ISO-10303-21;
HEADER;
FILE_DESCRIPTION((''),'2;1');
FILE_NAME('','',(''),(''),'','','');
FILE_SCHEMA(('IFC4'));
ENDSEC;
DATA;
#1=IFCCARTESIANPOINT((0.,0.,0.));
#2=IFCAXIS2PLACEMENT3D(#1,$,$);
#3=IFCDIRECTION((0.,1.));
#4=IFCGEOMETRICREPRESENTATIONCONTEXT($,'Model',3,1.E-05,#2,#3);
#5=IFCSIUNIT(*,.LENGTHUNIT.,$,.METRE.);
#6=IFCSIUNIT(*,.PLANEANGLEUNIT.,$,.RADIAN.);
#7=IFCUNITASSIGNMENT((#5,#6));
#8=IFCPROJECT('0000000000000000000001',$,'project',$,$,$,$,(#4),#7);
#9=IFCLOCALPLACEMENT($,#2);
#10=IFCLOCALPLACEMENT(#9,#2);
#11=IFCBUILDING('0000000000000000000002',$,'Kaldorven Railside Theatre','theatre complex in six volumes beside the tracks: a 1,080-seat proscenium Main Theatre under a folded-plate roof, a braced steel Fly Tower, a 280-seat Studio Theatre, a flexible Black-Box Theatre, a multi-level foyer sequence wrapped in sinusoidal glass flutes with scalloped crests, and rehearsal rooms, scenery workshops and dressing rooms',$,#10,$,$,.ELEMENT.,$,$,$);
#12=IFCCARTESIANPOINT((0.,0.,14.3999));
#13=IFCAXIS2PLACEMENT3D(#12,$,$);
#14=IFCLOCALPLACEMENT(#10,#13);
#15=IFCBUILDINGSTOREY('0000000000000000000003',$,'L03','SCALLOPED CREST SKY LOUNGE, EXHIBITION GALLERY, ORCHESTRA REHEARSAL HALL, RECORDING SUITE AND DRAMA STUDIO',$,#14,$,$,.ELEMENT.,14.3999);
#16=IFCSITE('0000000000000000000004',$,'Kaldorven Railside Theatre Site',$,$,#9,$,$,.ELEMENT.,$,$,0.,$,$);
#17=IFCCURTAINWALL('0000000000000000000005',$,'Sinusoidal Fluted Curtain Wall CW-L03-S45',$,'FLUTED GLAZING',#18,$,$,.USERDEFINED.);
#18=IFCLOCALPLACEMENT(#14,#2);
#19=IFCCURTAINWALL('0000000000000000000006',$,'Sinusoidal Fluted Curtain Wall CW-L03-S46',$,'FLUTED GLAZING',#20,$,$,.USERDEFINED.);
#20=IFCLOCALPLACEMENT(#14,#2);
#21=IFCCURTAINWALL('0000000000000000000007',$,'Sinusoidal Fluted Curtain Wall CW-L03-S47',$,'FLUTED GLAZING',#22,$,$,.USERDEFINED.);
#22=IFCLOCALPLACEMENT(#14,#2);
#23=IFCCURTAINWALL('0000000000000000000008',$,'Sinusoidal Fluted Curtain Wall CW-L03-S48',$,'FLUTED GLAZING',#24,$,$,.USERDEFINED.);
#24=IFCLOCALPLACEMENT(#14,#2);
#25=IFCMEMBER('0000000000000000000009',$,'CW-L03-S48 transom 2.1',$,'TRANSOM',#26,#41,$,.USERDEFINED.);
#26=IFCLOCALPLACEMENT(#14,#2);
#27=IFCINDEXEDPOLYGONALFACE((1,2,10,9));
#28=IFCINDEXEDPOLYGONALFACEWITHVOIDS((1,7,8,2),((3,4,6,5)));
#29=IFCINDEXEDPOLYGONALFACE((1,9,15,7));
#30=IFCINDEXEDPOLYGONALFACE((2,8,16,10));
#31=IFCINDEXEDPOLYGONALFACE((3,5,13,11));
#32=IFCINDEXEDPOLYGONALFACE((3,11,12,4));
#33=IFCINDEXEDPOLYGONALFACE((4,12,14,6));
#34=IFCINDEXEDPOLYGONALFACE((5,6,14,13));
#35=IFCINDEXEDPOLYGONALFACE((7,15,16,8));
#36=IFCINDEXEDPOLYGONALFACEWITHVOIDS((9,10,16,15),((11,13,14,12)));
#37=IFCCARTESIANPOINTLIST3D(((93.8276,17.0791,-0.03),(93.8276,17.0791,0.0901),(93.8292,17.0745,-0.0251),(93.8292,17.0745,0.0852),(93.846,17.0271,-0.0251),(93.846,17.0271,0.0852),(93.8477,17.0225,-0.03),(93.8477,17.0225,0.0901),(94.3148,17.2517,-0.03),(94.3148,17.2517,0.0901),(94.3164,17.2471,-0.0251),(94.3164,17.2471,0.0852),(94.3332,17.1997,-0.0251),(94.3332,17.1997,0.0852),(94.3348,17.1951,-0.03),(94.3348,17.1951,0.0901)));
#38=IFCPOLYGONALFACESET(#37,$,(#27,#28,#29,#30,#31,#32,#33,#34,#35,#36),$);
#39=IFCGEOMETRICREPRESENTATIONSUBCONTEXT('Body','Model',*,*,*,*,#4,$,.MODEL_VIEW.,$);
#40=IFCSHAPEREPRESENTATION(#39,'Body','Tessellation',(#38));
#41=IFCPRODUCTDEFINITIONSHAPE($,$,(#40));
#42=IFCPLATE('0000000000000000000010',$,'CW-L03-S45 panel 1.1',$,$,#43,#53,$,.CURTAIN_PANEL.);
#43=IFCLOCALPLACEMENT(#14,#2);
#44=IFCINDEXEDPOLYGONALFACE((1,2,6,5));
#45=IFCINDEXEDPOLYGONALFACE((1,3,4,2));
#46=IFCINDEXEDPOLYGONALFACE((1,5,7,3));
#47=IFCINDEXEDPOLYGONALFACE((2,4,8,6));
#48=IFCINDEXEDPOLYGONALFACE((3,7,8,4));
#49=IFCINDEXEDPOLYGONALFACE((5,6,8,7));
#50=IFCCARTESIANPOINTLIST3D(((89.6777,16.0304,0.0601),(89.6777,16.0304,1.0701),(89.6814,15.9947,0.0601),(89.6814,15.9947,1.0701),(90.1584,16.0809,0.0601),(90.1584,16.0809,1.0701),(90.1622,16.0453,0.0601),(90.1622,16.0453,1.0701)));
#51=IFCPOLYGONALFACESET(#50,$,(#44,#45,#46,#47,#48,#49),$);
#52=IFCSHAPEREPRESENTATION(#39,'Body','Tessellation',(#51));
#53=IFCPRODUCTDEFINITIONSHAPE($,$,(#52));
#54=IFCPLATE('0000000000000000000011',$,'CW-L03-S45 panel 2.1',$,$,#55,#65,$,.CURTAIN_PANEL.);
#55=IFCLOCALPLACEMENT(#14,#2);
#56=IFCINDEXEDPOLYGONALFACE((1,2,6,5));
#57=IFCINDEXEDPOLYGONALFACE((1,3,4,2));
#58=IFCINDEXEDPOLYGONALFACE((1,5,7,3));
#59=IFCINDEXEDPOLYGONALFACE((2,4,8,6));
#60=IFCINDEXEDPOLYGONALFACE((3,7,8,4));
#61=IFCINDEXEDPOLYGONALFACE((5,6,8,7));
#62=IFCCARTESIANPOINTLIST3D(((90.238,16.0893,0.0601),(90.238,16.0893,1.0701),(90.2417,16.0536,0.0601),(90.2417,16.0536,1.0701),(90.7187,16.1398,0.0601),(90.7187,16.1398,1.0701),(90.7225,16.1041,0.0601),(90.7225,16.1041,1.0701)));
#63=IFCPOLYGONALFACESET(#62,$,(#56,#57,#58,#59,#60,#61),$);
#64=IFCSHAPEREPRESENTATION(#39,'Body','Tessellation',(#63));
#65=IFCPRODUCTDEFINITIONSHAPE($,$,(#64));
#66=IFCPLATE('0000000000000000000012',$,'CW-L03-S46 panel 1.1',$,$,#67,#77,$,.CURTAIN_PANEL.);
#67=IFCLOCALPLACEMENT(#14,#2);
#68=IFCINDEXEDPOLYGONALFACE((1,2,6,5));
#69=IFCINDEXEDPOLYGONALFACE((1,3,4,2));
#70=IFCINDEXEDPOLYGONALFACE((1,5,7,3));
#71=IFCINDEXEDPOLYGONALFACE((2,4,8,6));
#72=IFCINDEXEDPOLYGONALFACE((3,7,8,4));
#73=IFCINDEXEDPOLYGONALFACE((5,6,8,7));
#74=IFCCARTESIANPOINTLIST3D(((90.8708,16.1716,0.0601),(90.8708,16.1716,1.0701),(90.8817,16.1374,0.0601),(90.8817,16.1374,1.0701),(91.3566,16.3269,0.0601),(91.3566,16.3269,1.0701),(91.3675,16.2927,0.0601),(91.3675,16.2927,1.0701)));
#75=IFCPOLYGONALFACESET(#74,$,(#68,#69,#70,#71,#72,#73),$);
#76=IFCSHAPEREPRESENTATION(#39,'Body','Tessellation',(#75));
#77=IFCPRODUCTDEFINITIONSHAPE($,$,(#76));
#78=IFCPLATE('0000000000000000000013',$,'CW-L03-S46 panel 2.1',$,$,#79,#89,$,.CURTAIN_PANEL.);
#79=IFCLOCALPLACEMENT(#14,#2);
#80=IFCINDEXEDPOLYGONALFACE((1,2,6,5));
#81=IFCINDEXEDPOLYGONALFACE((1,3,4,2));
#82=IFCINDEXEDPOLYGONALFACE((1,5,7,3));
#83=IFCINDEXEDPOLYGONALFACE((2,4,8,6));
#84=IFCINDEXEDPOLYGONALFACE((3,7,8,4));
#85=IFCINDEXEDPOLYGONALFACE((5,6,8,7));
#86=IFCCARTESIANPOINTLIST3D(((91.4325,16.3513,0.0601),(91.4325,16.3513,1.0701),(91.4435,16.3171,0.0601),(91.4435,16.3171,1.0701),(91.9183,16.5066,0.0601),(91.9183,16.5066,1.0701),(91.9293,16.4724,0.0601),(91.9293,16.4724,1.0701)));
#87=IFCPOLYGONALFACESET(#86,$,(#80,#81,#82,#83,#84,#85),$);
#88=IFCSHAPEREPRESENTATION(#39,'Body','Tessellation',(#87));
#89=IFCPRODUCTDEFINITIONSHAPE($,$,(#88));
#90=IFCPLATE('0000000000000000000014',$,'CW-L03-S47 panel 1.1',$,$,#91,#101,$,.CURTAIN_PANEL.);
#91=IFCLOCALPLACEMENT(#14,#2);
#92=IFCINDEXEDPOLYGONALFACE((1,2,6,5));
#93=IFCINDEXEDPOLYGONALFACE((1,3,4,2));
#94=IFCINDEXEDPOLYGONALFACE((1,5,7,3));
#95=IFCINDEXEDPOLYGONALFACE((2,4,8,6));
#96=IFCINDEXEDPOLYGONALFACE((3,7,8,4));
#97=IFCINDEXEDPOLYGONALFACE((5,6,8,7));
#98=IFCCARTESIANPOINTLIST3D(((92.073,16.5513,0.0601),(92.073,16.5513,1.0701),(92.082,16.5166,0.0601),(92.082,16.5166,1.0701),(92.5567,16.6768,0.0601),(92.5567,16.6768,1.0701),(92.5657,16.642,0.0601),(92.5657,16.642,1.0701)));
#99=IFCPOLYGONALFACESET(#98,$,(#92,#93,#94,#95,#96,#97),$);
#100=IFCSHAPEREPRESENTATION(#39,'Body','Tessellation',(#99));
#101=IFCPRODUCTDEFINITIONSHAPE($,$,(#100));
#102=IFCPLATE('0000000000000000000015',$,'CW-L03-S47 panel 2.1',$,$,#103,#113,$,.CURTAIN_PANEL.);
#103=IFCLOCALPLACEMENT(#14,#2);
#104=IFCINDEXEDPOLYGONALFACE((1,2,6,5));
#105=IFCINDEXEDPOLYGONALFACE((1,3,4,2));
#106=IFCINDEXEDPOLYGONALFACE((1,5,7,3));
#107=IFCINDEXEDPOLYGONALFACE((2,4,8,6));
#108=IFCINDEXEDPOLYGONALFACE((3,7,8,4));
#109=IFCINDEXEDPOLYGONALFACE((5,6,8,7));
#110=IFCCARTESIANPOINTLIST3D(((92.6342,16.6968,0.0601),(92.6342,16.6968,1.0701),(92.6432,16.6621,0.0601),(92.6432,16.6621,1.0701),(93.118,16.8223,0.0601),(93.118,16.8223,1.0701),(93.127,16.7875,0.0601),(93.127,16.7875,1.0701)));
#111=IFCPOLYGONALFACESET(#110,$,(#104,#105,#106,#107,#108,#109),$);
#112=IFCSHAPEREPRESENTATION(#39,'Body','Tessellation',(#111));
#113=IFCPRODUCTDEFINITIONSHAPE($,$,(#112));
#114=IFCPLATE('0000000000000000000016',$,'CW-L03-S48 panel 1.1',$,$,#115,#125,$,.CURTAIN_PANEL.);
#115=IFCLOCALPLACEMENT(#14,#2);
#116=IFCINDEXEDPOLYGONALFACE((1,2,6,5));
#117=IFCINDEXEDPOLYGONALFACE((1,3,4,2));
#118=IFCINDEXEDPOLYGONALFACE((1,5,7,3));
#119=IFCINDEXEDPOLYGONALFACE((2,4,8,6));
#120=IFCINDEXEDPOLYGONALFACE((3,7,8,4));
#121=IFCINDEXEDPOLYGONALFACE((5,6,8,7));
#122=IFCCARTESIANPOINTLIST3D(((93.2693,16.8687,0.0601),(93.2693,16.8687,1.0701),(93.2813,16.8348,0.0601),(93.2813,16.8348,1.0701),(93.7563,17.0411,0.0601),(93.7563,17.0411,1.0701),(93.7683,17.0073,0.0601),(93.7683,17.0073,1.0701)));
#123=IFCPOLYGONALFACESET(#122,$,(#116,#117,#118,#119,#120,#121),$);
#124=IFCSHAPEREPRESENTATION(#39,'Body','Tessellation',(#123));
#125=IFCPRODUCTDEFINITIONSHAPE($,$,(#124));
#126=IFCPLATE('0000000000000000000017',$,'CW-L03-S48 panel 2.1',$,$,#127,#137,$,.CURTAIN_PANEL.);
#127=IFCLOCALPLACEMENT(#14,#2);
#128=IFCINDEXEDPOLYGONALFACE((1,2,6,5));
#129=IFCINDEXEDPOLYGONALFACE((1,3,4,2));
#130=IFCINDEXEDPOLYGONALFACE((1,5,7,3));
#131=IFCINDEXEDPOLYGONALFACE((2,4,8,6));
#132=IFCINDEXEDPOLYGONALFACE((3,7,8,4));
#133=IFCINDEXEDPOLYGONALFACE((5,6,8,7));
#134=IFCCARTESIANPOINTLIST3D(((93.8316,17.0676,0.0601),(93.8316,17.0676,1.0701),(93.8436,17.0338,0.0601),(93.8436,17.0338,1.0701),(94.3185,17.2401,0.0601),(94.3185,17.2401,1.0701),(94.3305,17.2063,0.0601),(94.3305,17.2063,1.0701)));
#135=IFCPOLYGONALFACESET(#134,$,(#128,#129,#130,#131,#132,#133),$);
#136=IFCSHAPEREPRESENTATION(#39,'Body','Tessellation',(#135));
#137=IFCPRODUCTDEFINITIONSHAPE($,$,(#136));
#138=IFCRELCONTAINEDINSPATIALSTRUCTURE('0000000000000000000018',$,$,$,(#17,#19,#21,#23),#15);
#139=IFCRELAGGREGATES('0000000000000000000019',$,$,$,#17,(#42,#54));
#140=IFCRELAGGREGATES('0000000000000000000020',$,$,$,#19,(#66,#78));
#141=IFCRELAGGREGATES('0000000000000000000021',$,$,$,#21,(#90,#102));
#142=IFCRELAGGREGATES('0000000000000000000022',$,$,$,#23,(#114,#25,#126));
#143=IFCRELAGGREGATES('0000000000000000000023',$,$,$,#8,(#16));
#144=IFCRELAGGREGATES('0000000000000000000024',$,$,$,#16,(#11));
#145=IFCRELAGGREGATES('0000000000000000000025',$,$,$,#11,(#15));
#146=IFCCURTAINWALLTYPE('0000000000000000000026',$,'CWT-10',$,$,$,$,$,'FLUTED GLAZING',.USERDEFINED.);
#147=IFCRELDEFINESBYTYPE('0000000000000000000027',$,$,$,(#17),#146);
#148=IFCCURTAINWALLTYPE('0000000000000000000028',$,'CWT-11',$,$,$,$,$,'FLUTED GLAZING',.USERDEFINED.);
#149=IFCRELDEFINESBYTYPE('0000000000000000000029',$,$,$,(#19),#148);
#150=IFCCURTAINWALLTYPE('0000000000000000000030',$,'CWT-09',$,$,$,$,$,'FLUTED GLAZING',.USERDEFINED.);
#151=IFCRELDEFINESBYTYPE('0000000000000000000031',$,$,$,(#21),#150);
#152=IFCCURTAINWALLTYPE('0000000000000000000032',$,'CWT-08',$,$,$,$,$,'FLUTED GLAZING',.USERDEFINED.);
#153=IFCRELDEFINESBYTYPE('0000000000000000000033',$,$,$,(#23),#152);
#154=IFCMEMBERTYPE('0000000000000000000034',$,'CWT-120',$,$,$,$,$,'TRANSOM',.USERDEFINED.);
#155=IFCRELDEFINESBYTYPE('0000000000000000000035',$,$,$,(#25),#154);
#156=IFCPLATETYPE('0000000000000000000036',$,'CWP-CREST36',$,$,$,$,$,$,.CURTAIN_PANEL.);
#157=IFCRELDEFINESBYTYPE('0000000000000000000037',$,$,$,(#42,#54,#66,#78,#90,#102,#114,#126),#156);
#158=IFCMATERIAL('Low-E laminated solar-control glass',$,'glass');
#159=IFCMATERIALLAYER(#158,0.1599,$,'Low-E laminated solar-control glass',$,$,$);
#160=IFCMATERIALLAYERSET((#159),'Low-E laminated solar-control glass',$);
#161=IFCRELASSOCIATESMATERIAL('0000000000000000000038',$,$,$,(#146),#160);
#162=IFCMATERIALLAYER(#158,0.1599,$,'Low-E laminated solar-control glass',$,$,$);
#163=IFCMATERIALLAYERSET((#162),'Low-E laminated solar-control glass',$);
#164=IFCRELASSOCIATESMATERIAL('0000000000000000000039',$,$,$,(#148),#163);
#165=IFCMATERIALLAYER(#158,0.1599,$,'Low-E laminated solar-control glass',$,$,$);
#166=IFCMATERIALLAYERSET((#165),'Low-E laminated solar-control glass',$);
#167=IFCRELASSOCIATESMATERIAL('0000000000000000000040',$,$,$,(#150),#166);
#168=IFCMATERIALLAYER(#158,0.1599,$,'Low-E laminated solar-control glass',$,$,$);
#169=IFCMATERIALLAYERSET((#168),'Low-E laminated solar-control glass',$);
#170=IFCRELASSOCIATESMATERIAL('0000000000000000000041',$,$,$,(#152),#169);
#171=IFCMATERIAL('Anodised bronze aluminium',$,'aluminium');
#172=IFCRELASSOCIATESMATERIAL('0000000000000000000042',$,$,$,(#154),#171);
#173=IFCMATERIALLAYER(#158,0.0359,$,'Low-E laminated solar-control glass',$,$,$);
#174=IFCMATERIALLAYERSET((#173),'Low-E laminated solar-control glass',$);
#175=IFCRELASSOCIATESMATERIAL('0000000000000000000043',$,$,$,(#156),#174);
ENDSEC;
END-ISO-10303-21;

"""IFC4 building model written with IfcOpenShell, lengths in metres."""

from ifc_helpers import new_model, si_unit, direction, frame, origin, origin_2d, place, context, subcontext, project, spatial, rectangle, hollow_rectangle, extrude, material, layer, layer_set, material_profile, profile_set, type_object, element, aggregate, save


model = new_model("IFC4")

# Units and contexts
model_context = context("Model", 3, precision=1e-05, world=origin(), true_north=direction((0.0, 1.0)))
body_context = subcontext(model_context, "Body", "Model", "MODEL_VIEW")
ifc_project = project(units=[si_unit("LENGTHUNIT", "METRE"), si_unit("PLANEANGLEUNIT", "RADIAN")], contexts=[model_context])

# Site, building, storey
site_placement = place(None, origin())
site = spatial("IfcSite", under=ifc_project, at=site_placement, Name="Kaldorven Railside Theatre Site", CompositionType="ELEMENT", RefElevation=0.0)
building_placement = place(site_placement, origin())
building = spatial("IfcBuilding", under=site, at=building_placement, Name="Kaldorven Railside Theatre", Description="theatre complex in six volumes beside the tracks: a 1,080-seat proscenium Main Theatre under a folded-plate roof, a braced steel Fly Tower, a 280-seat Studio Theatre, a flexible Black-Box Theatre, a multi-level foyer sequence wrapped in sinusoidal glass flutes with scalloped crests, and rehearsal rooms, scenery workshops and dressing rooms", CompositionType="ELEMENT")
storey_placement = place(building_placement, frame((0.0, 0.0, 14.3999)))
storey = spatial("IfcBuildingStorey", under=building, at=storey_placement, Name="L03", Description="SCALLOPED CREST SKY LOUNGE, EXHIBITION GALLERY, ORCHESTRA REHEARSAL HALL, RECORDING SUITE AND DRAMA STUDIO", CompositionType="ELEMENT", Elevation=14.3999)

# Curtain walls
ifc_material_1 = material(Name="Low-E laminated solar-control glass", Category="glass")
ifc_layer_1 = layer(ifc_material_1, 0.1599, Name="Low-E laminated solar-control glass")
ifc_layer_set_1 = layer_set([ifc_layer_1], Name="Low-E laminated solar-control glass")
curtain_wall_type_1 = type_object("IfcCurtainWallType", Name="CWT-10", ElementType="FLUTED GLAZING", PredefinedType="USERDEFINED", material=ifc_layer_set_1)
curtain_wall_1_placement = place(storey_placement, origin())
curtain_wall_1 = element("IfcCurtainWall", 1, at=curtain_wall_1_placement, inside=storey, type_object=curtain_wall_type_1, Name="Sinusoidal Fluted Curtain Wall CW-L03-S45", ObjectType="FLUTED GLAZING", PredefinedType="USERDEFINED")
ifc_material_2 = material(Name="Anodised bronze aluminium", Category="aluminium")
ifc_layer_2 = layer(ifc_material_1, 0.1599, Name="Low-E laminated solar-control glass")
ifc_layer_set_2 = layer_set([ifc_layer_2], Name="Low-E laminated solar-control glass")
curtain_wall_type_2 = type_object("IfcCurtainWallType", Name="CWT-11", ElementType="FLUTED GLAZING", PredefinedType="USERDEFINED", material=ifc_layer_set_2)
curtain_wall_2_placement = place(storey_placement, origin())
curtain_wall_2 = element("IfcCurtainWall", 2, at=curtain_wall_2_placement, inside=storey, type_object=curtain_wall_type_2, Name="Sinusoidal Fluted Curtain Wall CW-L03-S46", ObjectType="FLUTED GLAZING", PredefinedType="USERDEFINED")
ifc_layer_3 = layer(ifc_material_1, 0.1599, Name="Low-E laminated solar-control glass")
ifc_layer_set_3 = layer_set([ifc_layer_3], Name="Low-E laminated solar-control glass")
curtain_wall_type_3 = type_object("IfcCurtainWallType", Name="CWT-09", ElementType="FLUTED GLAZING", PredefinedType="USERDEFINED", material=ifc_layer_set_3)
curtain_wall_3_placement = place(storey_placement, origin())
curtain_wall_3 = element("IfcCurtainWall", 3, at=curtain_wall_3_placement, inside=storey, type_object=curtain_wall_type_3, Name="Sinusoidal Fluted Curtain Wall CW-L03-S47", ObjectType="FLUTED GLAZING", PredefinedType="USERDEFINED")
ifc_layer_4 = layer(ifc_material_1, 0.1599, Name="Low-E laminated solar-control glass")
ifc_layer_set_4 = layer_set([ifc_layer_4], Name="Low-E laminated solar-control glass")
curtain_wall_type_4 = type_object("IfcCurtainWallType", Name="CWT-08", ElementType="FLUTED GLAZING", PredefinedType="USERDEFINED", material=ifc_layer_set_4)
curtain_wall_4_placement = place(storey_placement, origin())
curtain_wall_4 = element("IfcCurtainWall", 4, at=curtain_wall_4_placement, inside=storey, type_object=curtain_wall_type_4, Name="Sinusoidal Fluted Curtain Wall CW-L03-S48", ObjectType="FLUTED GLAZING", PredefinedType="USERDEFINED")

# Member
ifc_material_profile_1 = material_profile(ifc_material_2, hollow_rectangle(XDim=0.0601, YDim=0.1201, WallThickness=0.0049, at=origin_2d()), Name="RHS 120x60x5")
ifc_profile_set_1 = profile_set([ifc_material_profile_1], Name="Anodised bronze aluminium")
member_type_1 = type_object("IfcMemberType", Name="CWT-120", ElementType="TRANSOM", PredefinedType="USERDEFINED", material=ifc_profile_set_1)
member_1_placement = place(storey_placement, frame((93.8376, 17.0508, 0.03), z_axis=(0.942562, 0.334031, 0.0), x_axis=(-0.334031, 0.942562, 0.0)))
member_1 = element("IfcMember", 5, at=member_1_placement, type_object=member_type_1, Name="CW-L03-S48 transom 2.1", ObjectType="TRANSOM", PredefinedType="USERDEFINED", context=body_context, shape_type="SweptSolid", body=[
    extrude(hollow_rectangle(XDim=0.0601, YDim=0.1201, WallThickness=0.0049, at=origin_2d()), origin(), (0.0, 0.0, 1.0), 0.5168),
])

# Plates
ifc_layer_5 = layer(ifc_material_1, 0.0359, Name="Low-E laminated solar-control glass")
ifc_layer_set_5 = layer_set([ifc_layer_5], Name="Low-E laminated solar-control glass")
plate_type = type_object("IfcPlateType", Name="CWP-CREST36", PredefinedType="CURTAIN_PANEL", material=ifc_layer_set_5)
plate_1_placement = place(storey_placement, frame((89.9199, 16.0378, 0.0601), z_axis=(0.0, 0.0, 1.0), x_axis=(0.994524, 0.104508, 0.0)))
plate_1 = element("IfcPlate", 6, at=plate_1_placement, type_object=plate_type, Name="CW-L03-S45 panel 1.1", PredefinedType="CURTAIN_PANEL", context=body_context, shape_type="SweptSolid", body=[
    extrude(rectangle(XDim=0.4834, YDim=0.0359, at=origin_2d()), origin(), (0.0, 0.0, 1.0), 1.01),
])
plate_2_placement = place(storey_placement, frame((90.4802, 16.0967, 0.0601), z_axis=(0.0, 0.0, 1.0), x_axis=(0.994524, 0.104508, 0.0)))
plate_2 = element("IfcPlate", 7, at=plate_2_placement, type_object=plate_type, Name="CW-L03-S45 panel 2.1", PredefinedType="CURTAIN_PANEL", context=body_context, shape_type="SweptSolid", body=[
    extrude(rectangle(XDim=0.4834, YDim=0.0359, at=origin_2d()), origin(), (0.0, 0.0, 1.0), 1.01),
])
aggregate(curtain_wall_1, [plate_1, plate_2])
plate_3_placement = place(storey_placement, frame((91.1191, 16.2322, 0.0601), z_axis=(0.0, 0.0, 1.0), x_axis=(0.952516, 0.304488, 0.0)))
plate_3 = element("IfcPlate", 8, at=plate_3_placement, type_object=plate_type, Name="CW-L03-S46 panel 1.1", PredefinedType="CURTAIN_PANEL", context=body_context, shape_type="SweptSolid", body=[
    extrude(rectangle(XDim=0.51, YDim=0.0359, at=origin_2d()), origin(), (0.0, 0.0, 1.0), 1.01),
])
plate_4_placement = place(storey_placement, frame((91.6809, 16.4119, 0.0601), z_axis=(0.0, 0.0, 1.0), x_axis=(0.952516, 0.304488, 0.0)))
plate_4 = element("IfcPlate", 9, at=plate_4_placement, type_object=plate_type, Name="CW-L03-S46 panel 2.1", PredefinedType="CURTAIN_PANEL", context=body_context, shape_type="SweptSolid", body=[
    extrude(rectangle(XDim=0.51, YDim=0.0359, at=origin_2d()), origin(), (0.0, 0.0, 1.0), 1.01),
])
aggregate(curtain_wall_2, [plate_3, plate_4])
plate_5_placement = place(storey_placement, frame((92.3193, 16.5967, 0.0601), z_axis=(0.0, 0.0, 1.0), x_axis=(0.967999, 0.250954, 0.0)))
plate_5 = element("IfcPlate", 10, at=plate_5_placement, type_object=plate_type, Name="CW-L03-S47 panel 1.1", PredefinedType="CURTAIN_PANEL", context=body_context, shape_type="SweptSolid", body=[
    extrude(rectangle(XDim=0.4998, YDim=0.0359, at=origin_2d()), origin(), (0.0, 0.0, 1.0), 1.01),
])
plate_6_placement = place(storey_placement, frame((92.8806, 16.7422, 0.0601), z_axis=(0.0, 0.0, 1.0), x_axis=(0.967999, 0.250954, 0.0)))
plate_6 = element("IfcPlate", 11, at=plate_6_placement, type_object=plate_type, Name="CW-L03-S47 panel 2.1", PredefinedType="CURTAIN_PANEL", context=body_context, shape_type="SweptSolid", body=[
    extrude(rectangle(XDim=0.4998, YDim=0.0359, at=origin_2d()), origin(), (0.0, 0.0, 1.0), 1.01),
])
aggregate(curtain_wall_3, [plate_5, plate_6])
plate_7_placement = place(storey_placement, frame((93.5188, 16.938, 0.0601), z_axis=(0.0, 0.0, 1.0), x_axis=(0.942627, 0.333847, 0.0)))
plate_7 = element("IfcPlate", 12, at=plate_7_placement, type_object=plate_type, Name="CW-L03-S48 panel 1.1", PredefinedType="CURTAIN_PANEL", context=body_context, shape_type="SweptSolid", body=[
    extrude(rectangle(XDim=0.5166, YDim=0.0359, at=origin_2d()), origin(), (0.0, 0.0, 1.0), 1.01),
])
plate_8_placement = place(storey_placement, frame((94.0811, 17.137, 0.0601), z_axis=(0.0, 0.0, 1.0), x_axis=(0.942627, 0.333847, 0.0)))
plate_8 = element("IfcPlate", 13, at=plate_8_placement, type_object=plate_type, Name="CW-L03-S48 panel 2.1", PredefinedType="CURTAIN_PANEL", context=body_context, shape_type="SweptSolid", body=[
    extrude(rectangle(XDim=0.5166, YDim=0.0359, at=origin_2d()), origin(), (0.0, 0.0, 1.0), 1.01),
])
aggregate(curtain_wall_4, [plate_7, member_1, plate_8])

save(model, "model.ifc")
